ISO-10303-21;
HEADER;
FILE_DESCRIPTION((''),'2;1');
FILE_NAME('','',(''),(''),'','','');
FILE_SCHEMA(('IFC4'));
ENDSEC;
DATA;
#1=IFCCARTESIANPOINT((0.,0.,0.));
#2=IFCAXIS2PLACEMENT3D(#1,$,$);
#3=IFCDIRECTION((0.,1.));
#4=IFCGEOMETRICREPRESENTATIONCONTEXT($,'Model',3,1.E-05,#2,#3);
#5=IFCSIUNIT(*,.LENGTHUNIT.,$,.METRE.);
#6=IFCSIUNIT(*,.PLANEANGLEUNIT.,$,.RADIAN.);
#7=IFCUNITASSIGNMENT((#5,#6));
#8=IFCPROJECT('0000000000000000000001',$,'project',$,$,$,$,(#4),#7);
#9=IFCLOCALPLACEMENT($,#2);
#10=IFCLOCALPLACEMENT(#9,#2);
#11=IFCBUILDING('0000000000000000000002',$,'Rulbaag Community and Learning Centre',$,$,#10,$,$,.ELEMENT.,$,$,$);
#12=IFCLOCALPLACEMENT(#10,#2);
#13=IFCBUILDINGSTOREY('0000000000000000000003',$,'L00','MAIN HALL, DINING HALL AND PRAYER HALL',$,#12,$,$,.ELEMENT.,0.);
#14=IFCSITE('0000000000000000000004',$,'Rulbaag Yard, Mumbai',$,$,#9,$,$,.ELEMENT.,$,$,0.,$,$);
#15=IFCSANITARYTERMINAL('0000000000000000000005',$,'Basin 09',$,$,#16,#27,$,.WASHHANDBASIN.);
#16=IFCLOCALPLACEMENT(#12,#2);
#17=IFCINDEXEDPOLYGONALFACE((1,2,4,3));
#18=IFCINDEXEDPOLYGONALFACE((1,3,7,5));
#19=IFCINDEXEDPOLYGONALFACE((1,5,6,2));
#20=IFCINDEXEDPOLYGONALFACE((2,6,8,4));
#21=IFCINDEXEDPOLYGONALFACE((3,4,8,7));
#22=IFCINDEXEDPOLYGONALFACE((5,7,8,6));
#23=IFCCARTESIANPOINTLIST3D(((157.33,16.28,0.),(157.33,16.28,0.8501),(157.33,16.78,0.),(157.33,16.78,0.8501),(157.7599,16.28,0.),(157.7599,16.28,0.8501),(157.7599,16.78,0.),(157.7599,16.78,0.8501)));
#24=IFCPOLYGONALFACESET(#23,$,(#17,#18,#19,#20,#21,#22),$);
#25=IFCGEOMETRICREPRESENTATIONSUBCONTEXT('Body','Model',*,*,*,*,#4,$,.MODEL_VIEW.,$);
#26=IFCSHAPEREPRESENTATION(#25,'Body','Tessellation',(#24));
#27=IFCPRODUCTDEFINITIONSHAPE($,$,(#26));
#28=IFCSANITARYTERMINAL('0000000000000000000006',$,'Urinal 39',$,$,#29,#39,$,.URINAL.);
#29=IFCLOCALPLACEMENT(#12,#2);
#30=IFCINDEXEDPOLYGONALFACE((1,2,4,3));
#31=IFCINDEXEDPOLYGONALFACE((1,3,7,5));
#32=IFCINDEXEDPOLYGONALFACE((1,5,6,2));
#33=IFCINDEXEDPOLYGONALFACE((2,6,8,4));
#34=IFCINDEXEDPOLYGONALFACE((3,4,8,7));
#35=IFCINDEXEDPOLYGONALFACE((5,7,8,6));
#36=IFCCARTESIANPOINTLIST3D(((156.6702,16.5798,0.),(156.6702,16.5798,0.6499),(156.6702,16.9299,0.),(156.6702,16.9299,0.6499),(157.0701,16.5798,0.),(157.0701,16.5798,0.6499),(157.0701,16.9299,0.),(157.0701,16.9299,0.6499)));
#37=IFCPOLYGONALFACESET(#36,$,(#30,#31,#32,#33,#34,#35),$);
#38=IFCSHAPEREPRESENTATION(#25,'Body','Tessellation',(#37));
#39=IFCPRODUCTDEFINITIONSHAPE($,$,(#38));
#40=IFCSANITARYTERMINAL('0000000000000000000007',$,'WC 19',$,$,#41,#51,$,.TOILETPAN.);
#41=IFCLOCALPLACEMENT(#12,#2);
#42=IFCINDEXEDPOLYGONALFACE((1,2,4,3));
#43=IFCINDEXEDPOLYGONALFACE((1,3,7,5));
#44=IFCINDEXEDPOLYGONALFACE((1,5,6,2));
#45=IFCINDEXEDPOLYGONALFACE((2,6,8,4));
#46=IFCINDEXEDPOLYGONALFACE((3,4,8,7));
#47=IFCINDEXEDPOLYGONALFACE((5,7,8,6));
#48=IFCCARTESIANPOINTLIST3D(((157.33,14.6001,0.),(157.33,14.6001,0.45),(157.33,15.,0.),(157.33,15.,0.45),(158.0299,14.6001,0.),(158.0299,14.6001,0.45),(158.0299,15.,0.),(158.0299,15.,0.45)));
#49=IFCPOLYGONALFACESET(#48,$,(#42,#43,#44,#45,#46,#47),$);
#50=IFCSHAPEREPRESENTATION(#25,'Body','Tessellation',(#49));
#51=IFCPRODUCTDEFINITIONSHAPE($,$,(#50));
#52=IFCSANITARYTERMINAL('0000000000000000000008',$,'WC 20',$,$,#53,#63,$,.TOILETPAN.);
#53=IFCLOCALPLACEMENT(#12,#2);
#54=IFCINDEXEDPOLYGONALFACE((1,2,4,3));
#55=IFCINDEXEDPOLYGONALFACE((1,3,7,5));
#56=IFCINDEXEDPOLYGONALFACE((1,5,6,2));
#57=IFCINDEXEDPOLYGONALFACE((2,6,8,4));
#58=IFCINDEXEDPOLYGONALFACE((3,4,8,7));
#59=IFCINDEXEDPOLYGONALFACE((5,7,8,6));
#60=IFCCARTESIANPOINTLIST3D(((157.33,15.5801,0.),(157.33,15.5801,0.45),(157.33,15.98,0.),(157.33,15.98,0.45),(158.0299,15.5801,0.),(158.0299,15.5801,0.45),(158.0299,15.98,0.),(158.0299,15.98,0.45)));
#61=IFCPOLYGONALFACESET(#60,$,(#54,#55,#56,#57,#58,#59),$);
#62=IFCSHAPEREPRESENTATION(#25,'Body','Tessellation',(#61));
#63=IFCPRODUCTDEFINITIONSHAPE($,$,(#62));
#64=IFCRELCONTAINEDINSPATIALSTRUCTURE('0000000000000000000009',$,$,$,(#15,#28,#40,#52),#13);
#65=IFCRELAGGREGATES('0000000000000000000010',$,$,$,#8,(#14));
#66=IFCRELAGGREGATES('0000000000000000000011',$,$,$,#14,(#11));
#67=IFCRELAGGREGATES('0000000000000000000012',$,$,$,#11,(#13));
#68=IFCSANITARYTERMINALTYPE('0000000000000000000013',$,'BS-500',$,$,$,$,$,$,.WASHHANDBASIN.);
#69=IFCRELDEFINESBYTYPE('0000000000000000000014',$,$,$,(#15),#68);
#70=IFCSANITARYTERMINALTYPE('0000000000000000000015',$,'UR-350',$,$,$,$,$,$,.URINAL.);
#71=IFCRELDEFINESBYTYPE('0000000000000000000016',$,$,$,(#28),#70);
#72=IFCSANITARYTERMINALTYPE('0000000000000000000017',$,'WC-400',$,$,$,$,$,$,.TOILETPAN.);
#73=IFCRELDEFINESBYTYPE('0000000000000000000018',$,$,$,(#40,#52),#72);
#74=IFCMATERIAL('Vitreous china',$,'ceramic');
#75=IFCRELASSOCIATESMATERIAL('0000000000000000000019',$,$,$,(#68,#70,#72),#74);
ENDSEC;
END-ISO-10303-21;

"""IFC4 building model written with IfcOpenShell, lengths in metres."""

from ifc_helpers import new_model, si_unit, direction, frame, origin, origin_2d, place, context, subcontext, project, spatial, rectangle, extrude, material, type_object, element, save


model = new_model("IFC4")

# Units and contexts
model_context = context("Model", 3, precision=1e-05, world=origin(), true_north=direction((0.0, 1.0)))
body_context = subcontext(model_context, "Body", "Model", "MODEL_VIEW")
ifc_project = project(units=[si_unit("LENGTHUNIT", "METRE"), si_unit("PLANEANGLEUNIT", "RADIAN")], contexts=[model_context])

# Site, building, storey
site_placement = place(None, origin())
site = spatial("IfcSite", under=ifc_project, at=site_placement, Name="Rulbaag Yard, Mumbai", CompositionType="ELEMENT", RefElevation=0.0)
building_placement = place(site_placement, origin())
building = spatial("IfcBuilding", under=site, at=building_placement, Name="Rulbaag Community and Learning Centre", CompositionType="ELEMENT")
storey_placement = place(building_placement, origin())
storey = spatial("IfcBuildingStorey", under=building, at=storey_placement, Name="L00", Description="MAIN HALL, DINING HALL AND PRAYER HALL", CompositionType="ELEMENT", Elevation=0.0)

# Sanitary terminals
ifc_material_1 = material(Name="Vitreous china", Category="ceramic")
sanitary_terminal_type_1 = type_object("IfcSanitaryTerminalType", Name="BS-500", PredefinedType="WASHHANDBASIN", material=ifc_material_1)
sanitary_terminal_1_placement = place(storey_placement, frame((157.5449, 16.53, 0.0), z_axis=(0.0, 0.0, 1.0), x_axis=(1.0, 0.0, 0.0)))
element("IfcSanitaryTerminal", 1, at=sanitary_terminal_1_placement, inside=storey, type_object=sanitary_terminal_type_1, Name="Basin 09", PredefinedType="WASHHANDBASIN", context=body_context, shape_type="SweptSolid", body=[
    extrude(rectangle(XDim=0.4299, YDim=0.5, at=origin_2d()), origin(), (0.0, 0.0, 1.0), 0.8501),
])
sanitary_terminal_type_2 = type_object("IfcSanitaryTerminalType", Name="UR-350", PredefinedType="URINAL", material=ifc_material_1)
sanitary_terminal_2_placement = place(storey_placement, frame((156.8701, 16.7549, 0.0), z_axis=(0.0, 0.0, 1.0), x_axis=(1.0, 0.0, 0.0)))
element("IfcSanitaryTerminal", 2, at=sanitary_terminal_2_placement, inside=storey, type_object=sanitary_terminal_type_2, Name="Urinal 39", PredefinedType="URINAL", context=body_context, shape_type="SweptSolid", body=[
    extrude(rectangle(XDim=0.3999, YDim=0.3501, at=origin_2d()), origin(), (0.0, 0.0, 1.0), 0.6499),
])
sanitary_terminal_type_3 = type_object("IfcSanitaryTerminalType", Name="WC-400", PredefinedType="TOILETPAN", material=ifc_material_1)
for number, where, z_axis, x_axis, name in (
    (3, (157.6799, 14.8, 0.0), (0.0, 0.0, 1.0), (1.0, 0.0, 0.0), "WC 19"),
    (4, (157.6799, 15.78, 0.0), (0.0, 0.0, 1.0), (1.0, 0.0, 0.0), "WC 20"),
):
    element("IfcSanitaryTerminal", number, at=place(storey_placement, frame(where, z_axis=z_axis, x_axis=x_axis)), inside=storey, type_object=sanitary_terminal_type_3, Name=name, PredefinedType="TOILETPAN", context=body_context, shape_type="SweptSolid", body=[
        extrude(rectangle(XDim=0.7, YDim=0.3999, at=origin_2d()), origin(), (0.0, 0.0, 1.0), 0.45),
    ])

save(model, "model.ifc")
